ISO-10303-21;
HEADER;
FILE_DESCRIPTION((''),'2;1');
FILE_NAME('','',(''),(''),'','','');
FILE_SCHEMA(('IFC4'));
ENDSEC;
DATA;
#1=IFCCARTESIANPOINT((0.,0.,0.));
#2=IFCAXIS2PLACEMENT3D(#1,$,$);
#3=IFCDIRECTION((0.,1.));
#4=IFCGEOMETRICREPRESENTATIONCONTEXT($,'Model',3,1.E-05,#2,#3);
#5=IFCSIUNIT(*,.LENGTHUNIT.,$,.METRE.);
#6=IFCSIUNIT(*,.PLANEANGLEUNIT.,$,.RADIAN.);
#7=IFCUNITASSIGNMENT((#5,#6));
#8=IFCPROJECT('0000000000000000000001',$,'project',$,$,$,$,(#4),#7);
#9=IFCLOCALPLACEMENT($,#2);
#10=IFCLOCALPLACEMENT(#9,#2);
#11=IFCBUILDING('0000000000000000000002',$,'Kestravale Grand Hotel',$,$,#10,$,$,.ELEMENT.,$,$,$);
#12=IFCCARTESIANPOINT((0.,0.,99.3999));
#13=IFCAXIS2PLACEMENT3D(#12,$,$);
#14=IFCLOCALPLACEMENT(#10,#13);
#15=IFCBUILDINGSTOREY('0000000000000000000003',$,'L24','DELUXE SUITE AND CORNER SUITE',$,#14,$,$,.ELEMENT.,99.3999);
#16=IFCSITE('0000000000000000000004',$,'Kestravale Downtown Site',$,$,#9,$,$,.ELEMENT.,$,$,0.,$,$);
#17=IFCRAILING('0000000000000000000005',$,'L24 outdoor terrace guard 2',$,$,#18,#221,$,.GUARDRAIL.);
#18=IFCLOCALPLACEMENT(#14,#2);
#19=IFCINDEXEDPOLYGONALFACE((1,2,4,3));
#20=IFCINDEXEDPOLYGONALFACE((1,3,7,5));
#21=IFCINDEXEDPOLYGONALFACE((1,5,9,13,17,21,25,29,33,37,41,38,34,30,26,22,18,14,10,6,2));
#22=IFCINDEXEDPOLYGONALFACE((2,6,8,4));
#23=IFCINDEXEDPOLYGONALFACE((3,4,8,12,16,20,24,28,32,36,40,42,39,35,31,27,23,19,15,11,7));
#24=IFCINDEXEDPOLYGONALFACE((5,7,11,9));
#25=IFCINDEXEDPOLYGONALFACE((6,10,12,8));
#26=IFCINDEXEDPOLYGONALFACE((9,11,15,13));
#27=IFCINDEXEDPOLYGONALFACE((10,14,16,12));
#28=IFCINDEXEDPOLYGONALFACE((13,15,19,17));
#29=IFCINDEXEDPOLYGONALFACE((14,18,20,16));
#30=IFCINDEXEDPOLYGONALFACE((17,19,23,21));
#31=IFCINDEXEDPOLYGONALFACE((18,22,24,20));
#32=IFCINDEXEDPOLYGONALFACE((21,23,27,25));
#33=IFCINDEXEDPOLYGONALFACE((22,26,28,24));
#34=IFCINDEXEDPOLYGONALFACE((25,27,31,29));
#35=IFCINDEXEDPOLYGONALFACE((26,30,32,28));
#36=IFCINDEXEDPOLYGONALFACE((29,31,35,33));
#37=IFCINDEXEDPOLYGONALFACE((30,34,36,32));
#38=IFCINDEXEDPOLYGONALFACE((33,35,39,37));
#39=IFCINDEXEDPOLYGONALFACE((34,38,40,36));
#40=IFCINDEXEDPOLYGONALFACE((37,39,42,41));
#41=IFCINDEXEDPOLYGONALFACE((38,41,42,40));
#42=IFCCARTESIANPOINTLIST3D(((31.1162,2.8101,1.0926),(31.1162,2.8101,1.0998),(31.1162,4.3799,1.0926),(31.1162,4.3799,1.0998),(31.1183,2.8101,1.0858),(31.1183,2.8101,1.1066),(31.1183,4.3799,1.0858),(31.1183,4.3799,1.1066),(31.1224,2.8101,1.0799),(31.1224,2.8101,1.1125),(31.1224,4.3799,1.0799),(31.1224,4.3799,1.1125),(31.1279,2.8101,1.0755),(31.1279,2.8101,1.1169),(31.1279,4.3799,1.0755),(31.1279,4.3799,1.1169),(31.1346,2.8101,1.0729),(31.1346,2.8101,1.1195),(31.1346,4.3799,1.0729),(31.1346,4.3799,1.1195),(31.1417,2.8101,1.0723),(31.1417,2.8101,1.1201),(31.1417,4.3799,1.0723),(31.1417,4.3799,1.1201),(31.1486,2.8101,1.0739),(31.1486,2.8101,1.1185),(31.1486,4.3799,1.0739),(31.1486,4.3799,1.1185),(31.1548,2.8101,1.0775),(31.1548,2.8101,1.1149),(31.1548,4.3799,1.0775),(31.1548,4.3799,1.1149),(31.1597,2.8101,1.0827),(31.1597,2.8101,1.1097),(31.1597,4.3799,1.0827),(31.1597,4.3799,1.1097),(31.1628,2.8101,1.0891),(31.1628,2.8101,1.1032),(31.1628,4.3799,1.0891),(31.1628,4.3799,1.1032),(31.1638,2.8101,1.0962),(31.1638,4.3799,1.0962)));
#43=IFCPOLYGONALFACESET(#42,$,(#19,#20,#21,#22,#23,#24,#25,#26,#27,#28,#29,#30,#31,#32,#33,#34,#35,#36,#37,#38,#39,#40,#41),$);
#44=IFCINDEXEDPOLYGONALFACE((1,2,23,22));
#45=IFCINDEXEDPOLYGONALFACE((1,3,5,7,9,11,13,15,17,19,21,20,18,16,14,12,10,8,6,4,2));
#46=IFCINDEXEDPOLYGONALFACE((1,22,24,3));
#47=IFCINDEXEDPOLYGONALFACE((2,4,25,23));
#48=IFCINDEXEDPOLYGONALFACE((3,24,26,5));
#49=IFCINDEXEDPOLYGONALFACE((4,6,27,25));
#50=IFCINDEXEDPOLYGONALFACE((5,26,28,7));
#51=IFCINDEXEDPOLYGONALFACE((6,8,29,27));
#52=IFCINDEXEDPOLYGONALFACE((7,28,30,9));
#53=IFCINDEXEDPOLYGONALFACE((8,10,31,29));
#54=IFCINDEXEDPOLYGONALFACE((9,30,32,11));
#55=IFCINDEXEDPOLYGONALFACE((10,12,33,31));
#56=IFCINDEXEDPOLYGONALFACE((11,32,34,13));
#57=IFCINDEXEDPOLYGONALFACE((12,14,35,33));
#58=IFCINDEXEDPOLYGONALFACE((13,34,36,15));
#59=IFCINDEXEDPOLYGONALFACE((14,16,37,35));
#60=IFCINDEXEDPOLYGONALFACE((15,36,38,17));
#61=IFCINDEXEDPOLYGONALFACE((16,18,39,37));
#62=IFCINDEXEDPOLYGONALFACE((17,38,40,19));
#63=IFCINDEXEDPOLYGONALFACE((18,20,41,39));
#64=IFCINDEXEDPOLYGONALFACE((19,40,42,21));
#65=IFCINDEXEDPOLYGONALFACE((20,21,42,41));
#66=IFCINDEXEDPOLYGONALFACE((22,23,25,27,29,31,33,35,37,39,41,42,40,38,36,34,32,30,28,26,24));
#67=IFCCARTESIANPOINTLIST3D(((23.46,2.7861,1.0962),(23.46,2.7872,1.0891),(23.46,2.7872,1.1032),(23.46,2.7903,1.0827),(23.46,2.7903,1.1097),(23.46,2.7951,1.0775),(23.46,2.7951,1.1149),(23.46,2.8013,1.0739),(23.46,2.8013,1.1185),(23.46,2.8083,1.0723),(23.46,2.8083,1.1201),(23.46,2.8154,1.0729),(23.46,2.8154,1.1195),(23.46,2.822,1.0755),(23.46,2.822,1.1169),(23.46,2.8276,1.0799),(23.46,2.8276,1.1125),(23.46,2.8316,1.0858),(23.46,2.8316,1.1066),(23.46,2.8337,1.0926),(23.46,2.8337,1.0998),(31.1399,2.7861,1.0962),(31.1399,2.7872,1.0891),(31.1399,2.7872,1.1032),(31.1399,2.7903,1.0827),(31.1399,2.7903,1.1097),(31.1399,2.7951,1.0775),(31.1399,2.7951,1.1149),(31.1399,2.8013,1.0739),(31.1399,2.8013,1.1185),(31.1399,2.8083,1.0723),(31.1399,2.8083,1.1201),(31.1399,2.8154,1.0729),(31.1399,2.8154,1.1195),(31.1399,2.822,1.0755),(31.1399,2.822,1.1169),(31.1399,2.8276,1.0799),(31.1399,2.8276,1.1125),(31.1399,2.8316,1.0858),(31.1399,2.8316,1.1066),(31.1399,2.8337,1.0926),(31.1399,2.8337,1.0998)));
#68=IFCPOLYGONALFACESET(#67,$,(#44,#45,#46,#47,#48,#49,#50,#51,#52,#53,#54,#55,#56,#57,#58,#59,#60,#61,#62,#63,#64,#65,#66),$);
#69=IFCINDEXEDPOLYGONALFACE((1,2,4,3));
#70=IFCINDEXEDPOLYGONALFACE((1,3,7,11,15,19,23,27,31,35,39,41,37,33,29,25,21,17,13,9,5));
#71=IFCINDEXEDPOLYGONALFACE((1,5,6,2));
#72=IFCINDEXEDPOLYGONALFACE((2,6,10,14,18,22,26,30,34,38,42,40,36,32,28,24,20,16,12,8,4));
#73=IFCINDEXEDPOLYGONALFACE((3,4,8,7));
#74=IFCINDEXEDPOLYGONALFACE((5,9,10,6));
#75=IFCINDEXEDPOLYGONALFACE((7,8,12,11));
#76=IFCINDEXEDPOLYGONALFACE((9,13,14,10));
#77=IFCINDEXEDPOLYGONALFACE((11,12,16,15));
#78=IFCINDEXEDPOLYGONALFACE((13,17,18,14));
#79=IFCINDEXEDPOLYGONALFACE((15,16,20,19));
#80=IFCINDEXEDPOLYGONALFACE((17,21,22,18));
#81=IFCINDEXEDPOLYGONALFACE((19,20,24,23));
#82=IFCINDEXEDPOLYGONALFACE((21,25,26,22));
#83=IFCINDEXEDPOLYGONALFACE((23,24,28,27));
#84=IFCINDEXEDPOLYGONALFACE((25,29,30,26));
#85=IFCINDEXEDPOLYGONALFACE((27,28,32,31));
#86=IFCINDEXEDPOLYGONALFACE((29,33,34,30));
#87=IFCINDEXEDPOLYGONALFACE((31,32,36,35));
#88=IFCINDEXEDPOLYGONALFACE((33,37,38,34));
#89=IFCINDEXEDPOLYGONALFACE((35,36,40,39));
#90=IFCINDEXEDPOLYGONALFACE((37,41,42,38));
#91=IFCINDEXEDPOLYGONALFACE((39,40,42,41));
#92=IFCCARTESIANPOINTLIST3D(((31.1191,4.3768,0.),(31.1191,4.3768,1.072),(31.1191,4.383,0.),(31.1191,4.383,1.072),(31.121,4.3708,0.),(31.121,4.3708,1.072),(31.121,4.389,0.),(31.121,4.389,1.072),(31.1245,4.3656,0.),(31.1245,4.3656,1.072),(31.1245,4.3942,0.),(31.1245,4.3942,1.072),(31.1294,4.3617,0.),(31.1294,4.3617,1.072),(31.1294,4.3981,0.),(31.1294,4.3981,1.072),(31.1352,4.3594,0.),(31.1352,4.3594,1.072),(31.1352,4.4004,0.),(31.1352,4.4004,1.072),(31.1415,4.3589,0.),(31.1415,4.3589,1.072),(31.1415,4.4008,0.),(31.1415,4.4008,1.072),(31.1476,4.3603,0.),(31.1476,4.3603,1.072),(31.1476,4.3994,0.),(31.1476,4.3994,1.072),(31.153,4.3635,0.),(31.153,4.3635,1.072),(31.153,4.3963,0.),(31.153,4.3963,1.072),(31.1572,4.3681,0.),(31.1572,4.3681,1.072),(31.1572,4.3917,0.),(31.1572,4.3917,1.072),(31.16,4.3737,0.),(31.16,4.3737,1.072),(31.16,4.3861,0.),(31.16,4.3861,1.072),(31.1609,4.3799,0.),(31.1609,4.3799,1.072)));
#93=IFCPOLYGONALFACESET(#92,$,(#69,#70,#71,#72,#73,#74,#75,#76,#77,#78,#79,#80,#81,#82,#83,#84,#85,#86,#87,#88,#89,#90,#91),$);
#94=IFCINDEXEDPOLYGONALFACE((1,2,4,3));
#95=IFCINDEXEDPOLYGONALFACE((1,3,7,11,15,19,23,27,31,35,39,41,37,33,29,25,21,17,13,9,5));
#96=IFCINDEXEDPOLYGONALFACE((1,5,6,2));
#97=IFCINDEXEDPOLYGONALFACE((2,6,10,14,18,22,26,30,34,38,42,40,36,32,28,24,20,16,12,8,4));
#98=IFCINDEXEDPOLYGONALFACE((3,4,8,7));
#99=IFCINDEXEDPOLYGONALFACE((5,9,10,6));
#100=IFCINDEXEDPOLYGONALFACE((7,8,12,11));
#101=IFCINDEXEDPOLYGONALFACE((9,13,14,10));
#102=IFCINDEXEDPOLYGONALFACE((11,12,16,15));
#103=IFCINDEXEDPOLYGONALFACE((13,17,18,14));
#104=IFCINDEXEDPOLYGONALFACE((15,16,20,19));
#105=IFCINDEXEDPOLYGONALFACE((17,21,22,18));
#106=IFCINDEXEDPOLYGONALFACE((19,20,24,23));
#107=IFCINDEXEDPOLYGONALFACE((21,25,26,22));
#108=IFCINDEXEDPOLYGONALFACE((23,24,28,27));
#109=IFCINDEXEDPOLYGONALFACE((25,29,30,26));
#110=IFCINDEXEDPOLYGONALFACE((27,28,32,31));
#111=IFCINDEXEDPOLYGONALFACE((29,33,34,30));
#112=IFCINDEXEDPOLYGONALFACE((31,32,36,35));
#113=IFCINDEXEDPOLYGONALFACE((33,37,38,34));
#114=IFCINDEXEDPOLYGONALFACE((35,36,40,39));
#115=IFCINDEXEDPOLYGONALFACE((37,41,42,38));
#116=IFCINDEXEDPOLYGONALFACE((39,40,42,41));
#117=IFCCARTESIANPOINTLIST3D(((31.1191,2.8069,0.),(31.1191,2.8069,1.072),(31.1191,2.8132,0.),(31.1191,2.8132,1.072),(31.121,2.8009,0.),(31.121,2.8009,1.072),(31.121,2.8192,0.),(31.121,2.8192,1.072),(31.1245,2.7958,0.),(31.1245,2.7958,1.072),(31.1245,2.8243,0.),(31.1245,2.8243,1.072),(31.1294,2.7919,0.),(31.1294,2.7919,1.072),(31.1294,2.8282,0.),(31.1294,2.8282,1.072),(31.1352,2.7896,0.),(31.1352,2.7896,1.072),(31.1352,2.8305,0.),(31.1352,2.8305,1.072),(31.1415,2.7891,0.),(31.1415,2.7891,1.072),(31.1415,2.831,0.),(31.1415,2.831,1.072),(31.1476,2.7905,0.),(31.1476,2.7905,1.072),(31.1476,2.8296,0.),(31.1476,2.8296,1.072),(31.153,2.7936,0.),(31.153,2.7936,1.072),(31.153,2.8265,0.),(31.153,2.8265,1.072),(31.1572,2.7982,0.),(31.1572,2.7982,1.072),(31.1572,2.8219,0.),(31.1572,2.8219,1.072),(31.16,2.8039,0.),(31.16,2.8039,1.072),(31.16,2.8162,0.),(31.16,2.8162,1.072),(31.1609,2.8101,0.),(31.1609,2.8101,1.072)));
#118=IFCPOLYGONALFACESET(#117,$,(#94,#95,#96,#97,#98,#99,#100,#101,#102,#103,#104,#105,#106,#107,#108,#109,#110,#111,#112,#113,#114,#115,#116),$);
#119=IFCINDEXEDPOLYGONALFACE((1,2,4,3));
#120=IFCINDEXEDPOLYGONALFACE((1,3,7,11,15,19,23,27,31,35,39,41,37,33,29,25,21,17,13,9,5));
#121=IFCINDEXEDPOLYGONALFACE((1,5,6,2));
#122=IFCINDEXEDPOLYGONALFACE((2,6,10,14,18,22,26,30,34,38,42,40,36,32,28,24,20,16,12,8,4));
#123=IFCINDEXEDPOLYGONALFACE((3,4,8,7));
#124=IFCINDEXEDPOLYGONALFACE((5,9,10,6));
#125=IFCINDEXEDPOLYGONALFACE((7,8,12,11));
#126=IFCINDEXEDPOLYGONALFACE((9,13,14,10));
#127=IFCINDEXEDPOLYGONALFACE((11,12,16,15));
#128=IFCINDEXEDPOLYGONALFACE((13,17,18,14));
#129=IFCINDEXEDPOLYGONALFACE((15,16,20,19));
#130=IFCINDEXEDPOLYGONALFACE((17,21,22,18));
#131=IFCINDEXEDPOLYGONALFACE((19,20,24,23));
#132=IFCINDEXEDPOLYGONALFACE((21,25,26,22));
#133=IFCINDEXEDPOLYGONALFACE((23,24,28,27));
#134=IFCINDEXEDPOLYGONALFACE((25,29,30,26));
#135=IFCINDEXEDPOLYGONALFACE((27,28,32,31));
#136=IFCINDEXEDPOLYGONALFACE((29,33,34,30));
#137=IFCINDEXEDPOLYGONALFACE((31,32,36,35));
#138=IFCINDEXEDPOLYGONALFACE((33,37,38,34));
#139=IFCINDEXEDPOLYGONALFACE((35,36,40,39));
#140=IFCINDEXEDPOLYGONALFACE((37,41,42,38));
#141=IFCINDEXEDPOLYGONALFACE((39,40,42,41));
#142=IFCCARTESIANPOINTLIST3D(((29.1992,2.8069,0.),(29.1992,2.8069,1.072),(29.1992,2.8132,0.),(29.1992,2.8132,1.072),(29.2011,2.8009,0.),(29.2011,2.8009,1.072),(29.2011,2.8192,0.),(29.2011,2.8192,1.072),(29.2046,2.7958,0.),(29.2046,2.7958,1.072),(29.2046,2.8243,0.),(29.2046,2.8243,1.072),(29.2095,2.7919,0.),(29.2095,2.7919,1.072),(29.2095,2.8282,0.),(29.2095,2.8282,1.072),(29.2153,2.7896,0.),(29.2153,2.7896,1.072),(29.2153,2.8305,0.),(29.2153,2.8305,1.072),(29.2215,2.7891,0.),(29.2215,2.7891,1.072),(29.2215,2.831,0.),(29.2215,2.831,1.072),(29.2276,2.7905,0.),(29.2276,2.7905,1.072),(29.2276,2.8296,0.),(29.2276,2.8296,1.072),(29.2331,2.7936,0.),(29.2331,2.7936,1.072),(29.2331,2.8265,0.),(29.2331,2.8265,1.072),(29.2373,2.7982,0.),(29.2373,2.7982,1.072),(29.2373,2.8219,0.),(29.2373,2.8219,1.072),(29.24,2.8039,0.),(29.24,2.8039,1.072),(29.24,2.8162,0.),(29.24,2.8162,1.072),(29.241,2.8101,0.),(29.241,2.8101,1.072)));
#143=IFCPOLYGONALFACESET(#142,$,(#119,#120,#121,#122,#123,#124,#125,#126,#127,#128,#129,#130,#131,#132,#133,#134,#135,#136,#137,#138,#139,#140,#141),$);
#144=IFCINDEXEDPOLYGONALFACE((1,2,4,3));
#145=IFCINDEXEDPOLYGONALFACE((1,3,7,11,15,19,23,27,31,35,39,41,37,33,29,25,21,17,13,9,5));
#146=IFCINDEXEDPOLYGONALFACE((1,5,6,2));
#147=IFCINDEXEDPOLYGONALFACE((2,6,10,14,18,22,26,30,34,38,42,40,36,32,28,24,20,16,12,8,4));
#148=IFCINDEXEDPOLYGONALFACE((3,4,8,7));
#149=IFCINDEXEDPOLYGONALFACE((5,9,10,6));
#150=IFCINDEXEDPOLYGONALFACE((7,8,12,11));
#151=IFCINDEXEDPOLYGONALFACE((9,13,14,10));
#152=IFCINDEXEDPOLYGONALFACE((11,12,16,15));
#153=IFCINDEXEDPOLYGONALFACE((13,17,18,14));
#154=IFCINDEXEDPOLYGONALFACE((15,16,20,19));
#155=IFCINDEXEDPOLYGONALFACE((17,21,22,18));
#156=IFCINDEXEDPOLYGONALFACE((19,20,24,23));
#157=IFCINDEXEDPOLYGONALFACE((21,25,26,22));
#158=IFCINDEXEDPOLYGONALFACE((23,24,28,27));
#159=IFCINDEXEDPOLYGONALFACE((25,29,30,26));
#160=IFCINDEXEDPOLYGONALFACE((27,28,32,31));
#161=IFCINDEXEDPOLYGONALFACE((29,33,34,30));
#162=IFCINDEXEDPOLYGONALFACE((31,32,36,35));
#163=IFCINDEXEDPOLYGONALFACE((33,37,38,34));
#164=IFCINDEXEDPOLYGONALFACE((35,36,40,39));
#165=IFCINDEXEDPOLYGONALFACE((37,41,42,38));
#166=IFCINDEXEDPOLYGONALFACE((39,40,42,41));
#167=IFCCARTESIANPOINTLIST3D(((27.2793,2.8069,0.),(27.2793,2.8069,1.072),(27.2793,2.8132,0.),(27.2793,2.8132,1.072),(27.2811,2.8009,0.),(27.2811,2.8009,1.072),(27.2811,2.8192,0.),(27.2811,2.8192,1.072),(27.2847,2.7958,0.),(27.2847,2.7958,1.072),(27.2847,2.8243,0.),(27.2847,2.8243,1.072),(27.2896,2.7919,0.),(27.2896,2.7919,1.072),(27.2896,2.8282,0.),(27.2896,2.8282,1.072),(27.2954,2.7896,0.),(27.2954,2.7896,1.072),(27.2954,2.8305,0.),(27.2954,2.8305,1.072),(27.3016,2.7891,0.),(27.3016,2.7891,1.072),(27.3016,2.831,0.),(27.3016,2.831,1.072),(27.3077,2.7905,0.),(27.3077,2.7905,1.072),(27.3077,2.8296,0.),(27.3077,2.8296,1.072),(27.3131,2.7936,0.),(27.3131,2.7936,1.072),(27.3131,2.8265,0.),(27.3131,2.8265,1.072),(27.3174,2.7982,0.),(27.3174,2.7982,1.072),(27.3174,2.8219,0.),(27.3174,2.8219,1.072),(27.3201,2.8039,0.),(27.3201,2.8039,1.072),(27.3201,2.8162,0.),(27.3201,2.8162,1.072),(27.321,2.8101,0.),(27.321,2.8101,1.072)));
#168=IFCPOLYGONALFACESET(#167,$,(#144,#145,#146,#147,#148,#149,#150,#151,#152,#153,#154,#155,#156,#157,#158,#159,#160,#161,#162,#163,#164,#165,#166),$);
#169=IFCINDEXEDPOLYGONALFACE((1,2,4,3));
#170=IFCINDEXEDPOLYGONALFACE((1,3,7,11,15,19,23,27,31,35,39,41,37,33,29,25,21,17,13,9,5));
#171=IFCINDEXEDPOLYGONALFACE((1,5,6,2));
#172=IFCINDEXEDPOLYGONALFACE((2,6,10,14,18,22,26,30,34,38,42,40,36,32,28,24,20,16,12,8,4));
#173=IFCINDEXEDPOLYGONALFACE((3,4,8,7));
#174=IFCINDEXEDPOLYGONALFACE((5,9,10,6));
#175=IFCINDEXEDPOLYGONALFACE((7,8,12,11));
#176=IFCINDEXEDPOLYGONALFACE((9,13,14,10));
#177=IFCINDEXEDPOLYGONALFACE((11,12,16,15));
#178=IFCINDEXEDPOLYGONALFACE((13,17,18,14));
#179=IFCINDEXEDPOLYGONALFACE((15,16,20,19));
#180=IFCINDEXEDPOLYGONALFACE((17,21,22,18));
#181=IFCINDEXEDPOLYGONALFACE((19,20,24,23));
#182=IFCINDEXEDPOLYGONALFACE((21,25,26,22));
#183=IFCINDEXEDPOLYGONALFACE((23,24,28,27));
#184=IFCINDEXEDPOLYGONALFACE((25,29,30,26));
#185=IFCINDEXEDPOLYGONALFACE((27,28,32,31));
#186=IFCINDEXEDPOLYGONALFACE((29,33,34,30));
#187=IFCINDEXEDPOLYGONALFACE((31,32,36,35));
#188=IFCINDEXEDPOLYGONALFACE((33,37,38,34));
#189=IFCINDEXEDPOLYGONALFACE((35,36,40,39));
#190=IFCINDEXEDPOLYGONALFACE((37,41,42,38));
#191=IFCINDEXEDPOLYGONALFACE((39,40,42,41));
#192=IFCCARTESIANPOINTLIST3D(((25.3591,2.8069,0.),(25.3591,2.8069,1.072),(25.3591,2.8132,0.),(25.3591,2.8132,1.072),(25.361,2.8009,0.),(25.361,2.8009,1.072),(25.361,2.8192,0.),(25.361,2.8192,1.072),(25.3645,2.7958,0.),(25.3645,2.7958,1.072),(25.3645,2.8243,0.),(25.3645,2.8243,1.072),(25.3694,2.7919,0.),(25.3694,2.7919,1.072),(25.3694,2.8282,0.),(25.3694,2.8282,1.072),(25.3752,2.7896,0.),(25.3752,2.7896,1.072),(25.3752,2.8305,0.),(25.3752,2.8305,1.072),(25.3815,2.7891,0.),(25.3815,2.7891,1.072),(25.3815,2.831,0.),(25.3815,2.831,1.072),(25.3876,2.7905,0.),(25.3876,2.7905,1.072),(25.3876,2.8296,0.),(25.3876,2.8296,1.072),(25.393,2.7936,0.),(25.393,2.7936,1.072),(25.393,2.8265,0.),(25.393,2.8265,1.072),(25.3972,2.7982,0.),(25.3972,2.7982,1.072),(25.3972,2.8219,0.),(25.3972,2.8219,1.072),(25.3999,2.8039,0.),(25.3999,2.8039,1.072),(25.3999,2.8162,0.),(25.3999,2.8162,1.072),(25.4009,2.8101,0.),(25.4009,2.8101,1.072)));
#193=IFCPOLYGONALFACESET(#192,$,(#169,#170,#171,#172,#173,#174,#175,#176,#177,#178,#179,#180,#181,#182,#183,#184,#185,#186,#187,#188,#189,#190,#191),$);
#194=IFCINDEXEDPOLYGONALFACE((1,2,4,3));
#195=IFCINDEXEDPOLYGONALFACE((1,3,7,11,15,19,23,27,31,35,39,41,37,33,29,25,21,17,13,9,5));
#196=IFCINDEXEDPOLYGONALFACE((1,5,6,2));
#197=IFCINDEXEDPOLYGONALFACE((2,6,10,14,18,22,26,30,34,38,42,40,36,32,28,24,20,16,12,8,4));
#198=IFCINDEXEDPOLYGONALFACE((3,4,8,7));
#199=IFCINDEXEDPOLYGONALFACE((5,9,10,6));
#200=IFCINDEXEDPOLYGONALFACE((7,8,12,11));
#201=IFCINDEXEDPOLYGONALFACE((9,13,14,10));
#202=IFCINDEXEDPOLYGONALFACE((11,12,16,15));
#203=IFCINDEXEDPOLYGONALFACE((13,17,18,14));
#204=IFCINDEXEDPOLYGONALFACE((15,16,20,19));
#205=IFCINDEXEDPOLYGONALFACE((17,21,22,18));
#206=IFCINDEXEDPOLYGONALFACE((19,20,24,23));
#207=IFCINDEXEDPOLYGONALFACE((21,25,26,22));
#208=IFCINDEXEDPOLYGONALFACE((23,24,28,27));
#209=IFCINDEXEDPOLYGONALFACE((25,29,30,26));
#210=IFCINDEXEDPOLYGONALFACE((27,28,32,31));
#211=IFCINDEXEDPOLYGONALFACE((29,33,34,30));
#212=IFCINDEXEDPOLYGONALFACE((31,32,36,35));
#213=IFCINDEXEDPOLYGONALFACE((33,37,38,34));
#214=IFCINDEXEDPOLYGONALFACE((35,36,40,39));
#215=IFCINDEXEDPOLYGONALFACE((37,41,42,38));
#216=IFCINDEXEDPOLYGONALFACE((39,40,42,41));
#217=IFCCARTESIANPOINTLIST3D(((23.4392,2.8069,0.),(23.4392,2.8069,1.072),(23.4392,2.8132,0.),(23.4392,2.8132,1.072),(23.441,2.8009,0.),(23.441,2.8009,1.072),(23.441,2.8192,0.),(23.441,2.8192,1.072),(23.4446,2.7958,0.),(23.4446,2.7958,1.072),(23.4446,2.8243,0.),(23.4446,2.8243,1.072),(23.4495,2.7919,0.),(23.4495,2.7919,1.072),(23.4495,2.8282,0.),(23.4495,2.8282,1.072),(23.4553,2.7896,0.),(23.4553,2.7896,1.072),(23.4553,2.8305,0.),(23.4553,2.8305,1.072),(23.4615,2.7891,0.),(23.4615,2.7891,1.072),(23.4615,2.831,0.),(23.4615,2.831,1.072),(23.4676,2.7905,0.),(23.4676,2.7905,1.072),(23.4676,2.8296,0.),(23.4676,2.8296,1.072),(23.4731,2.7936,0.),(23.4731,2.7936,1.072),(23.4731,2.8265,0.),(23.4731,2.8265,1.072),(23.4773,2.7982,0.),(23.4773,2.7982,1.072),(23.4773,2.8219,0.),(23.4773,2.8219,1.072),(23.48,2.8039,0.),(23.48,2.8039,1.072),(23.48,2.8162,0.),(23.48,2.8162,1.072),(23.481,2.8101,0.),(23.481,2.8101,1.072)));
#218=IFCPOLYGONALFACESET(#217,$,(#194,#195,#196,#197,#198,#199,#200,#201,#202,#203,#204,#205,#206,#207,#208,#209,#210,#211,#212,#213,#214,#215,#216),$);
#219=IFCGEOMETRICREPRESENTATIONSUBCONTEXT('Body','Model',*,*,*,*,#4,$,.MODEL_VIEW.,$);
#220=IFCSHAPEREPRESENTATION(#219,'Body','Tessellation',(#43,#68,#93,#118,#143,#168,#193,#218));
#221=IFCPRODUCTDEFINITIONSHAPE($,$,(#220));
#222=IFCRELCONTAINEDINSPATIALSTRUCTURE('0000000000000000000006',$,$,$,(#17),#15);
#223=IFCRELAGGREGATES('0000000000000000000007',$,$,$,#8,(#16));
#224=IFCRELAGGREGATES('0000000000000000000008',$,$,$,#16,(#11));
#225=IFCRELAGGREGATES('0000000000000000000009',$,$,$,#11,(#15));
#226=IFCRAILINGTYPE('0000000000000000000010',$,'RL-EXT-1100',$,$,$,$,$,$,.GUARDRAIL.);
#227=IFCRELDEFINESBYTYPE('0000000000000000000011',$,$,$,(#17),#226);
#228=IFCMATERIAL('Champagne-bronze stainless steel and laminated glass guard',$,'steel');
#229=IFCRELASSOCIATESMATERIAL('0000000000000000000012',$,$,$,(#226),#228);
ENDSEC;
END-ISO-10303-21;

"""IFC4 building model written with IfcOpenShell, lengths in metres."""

from ifc_helpers import new_model, si_unit, direction, frame, origin, origin_2d, place, context, subcontext, project, spatial, circle, extrude, material, type_object, element, save


model = new_model("IFC4")

# Units and contexts
model_context = context("Model", 3, precision=1e-05, world=origin(), true_north=direction((0.0, 1.0)))
body_context = subcontext(model_context, "Body", "Model", "MODEL_VIEW")
ifc_project = project(units=[si_unit("LENGTHUNIT", "METRE"), si_unit("PLANEANGLEUNIT", "RADIAN")], contexts=[model_context])

# Site, building, storey
site_placement = place(None, origin())
site = spatial("IfcSite", under=ifc_project, at=site_placement, Name="Kestravale Downtown Site", CompositionType="ELEMENT", RefElevation=0.0)
building_placement = place(site_placement, origin())
building = spatial("IfcBuilding", under=site, at=building_placement, Name="Kestravale Grand Hotel", CompositionType="ELEMENT")
storey_placement = place(building_placement, frame((0.0, 0.0, 99.3999)))
storey = spatial("IfcBuildingStorey", under=building, at=storey_placement, Name="L24", Description="DELUXE SUITE AND CORNER SUITE", CompositionType="ELEMENT", Elevation=99.3999)

# Railing
ifc_material_1 = material(Name="Champagne-bronze stainless steel and laminated glass guard", Category="steel")
railing_type = type_object("IfcRailingType", Name="RL-EXT-1100", PredefinedType="GUARDRAIL", material=ifc_material_1)
railing_1_placement = place(storey_placement, frame((31.1399, 4.3799, 0.0)))
element("IfcRailing", 1, at=railing_1_placement, inside=storey, type_object=railing_type, Name="L24 outdoor terrace guard 2", PredefinedType="GUARDRAIL", context=body_context, shape_type="SweptSolid", body=[
    extrude(circle(Radius=0.0239, at=origin_2d()), frame((0.0, 0.0, 1.0962), z_axis=(0.0, -1.0, 0.0), x_axis=(1.0, 0.0, 0.0)), (0.0, 0.0, 1.0), 1.5698),
    extrude(circle(Radius=0.0239, at=origin_2d()), frame((0.0, -1.5698, 1.0962), z_axis=(-1.0, 0.0, 0.0), x_axis=(0.0, -1.0, 0.0)), (0.0, 0.0, 1.0), 7.6799),
    extrude(circle(Radius=0.021, at=origin_2d()), origin(), (0.0, 0.0, 1.0), 1.072),
    extrude(circle(Radius=0.021, at=origin_2d()), frame((0.0, -1.5698, 0.0)), (0.0, 0.0, 1.0), 1.072),
    extrude(circle(Radius=0.021, at=origin_2d()), frame((-1.9199, -1.5698, 0.0)), (0.0, 0.0, 1.0), 1.072),
    extrude(circle(Radius=0.021, at=origin_2d()), frame((-3.8398, -1.5698, 0.0)), (0.0, 0.0, 1.0), 1.072),
    extrude(circle(Radius=0.021, at=origin_2d()), frame((-5.76, -1.5698, 0.0)), (0.0, 0.0, 1.0), 1.072),
    extrude(circle(Radius=0.021, at=origin_2d()), frame((-7.6799, -1.5698, 0.0)), (0.0, 0.0, 1.0), 1.072),
])

save(model, "model.ifc")
